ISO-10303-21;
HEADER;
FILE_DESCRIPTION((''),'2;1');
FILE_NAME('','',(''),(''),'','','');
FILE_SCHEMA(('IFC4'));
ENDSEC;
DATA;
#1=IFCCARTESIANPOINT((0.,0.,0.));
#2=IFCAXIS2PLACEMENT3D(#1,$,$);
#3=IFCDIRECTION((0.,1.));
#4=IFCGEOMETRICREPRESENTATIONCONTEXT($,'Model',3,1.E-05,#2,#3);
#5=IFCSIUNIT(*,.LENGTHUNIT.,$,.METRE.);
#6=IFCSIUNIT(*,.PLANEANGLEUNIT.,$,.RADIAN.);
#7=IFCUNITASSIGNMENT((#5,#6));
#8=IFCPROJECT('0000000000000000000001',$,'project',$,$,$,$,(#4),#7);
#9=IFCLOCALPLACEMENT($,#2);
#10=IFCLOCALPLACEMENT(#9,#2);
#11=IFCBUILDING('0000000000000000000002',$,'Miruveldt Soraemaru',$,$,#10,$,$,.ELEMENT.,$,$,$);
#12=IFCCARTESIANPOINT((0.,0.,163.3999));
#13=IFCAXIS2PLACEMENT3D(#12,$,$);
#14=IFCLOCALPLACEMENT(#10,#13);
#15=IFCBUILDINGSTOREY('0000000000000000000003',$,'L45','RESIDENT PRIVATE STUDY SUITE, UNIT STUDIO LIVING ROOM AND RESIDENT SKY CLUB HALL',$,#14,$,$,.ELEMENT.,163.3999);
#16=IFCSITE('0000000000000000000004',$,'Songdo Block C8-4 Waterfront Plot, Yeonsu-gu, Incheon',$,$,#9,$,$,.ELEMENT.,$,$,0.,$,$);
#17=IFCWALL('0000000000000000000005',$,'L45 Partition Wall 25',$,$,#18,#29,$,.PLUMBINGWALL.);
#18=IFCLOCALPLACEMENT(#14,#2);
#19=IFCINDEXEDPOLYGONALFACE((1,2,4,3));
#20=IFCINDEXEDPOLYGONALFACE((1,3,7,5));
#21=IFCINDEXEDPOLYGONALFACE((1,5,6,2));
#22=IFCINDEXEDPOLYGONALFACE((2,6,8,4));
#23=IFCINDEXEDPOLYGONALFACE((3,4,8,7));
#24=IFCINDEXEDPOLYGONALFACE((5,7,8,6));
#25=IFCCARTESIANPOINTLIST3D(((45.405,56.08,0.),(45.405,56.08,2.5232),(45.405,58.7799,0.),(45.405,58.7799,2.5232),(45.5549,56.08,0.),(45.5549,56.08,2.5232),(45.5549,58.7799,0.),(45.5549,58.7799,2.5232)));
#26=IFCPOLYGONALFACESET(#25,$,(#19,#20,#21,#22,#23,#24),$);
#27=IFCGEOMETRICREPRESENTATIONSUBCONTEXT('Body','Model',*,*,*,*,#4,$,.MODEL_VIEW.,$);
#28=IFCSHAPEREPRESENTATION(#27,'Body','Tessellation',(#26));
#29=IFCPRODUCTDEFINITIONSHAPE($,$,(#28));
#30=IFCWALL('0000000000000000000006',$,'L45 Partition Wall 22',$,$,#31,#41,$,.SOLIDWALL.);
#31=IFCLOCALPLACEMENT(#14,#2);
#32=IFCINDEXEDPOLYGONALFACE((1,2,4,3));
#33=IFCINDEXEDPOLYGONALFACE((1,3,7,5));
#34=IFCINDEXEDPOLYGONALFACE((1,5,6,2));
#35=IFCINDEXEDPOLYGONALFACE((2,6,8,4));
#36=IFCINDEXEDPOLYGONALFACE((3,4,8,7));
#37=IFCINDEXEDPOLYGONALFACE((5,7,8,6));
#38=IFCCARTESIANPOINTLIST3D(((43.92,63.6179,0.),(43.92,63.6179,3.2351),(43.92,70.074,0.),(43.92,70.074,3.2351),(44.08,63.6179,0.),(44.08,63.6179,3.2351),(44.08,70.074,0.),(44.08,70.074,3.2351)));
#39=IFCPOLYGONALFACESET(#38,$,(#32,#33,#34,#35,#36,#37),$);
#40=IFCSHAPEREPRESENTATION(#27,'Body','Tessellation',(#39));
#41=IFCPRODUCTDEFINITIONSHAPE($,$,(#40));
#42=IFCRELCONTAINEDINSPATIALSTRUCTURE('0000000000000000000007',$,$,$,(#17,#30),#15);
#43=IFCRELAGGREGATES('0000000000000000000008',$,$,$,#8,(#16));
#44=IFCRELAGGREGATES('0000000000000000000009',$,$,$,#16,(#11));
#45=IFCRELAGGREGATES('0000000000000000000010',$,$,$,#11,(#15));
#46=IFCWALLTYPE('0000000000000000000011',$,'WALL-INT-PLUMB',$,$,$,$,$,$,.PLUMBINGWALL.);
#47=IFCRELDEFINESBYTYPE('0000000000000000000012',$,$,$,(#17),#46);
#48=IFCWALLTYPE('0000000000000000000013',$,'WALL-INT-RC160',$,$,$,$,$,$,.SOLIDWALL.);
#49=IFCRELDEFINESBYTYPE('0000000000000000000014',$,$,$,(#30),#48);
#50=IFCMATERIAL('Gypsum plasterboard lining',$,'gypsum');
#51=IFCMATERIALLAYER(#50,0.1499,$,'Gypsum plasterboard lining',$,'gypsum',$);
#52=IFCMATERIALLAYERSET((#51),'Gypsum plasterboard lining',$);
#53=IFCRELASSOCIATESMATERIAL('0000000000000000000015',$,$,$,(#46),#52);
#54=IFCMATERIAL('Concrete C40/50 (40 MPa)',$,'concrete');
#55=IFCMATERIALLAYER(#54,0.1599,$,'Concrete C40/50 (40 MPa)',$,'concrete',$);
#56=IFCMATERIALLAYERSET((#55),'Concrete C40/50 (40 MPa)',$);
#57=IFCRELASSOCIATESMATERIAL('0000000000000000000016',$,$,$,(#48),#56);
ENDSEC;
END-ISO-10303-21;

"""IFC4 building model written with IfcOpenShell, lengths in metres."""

from ifc_helpers import new_model, si_unit, direction, frame, frame_2d, origin, place, context, subcontext, project, spatial, rectangle, extrude, material, layer, layer_set, type_object, element, save


model = new_model("IFC4")

# Units and contexts
model_context = context("Model", 3, precision=1e-05, world=origin(), true_north=direction((0.0, 1.0)))
body_context = subcontext(model_context, "Body", "Model", "MODEL_VIEW")
ifc_project = project(units=[si_unit("LENGTHUNIT", "METRE"), si_unit("PLANEANGLEUNIT", "RADIAN")], contexts=[model_context])

# Site, building, storey
site_placement = place(None, origin())
site = spatial("IfcSite", under=ifc_project, at=site_placement, Name="Songdo Block C8-4 Waterfront Plot, Yeonsu-gu, Incheon", CompositionType="ELEMENT", RefElevation=0.0)
building_placement = place(site_placement, origin())
building = spatial("IfcBuilding", under=site, at=building_placement, Name="Miruveldt Soraemaru", CompositionType="ELEMENT")
storey_placement = place(building_placement, frame((0.0, 0.0, 163.3999)))
storey = spatial("IfcBuildingStorey", under=building, at=storey_placement, Name="L45", Description="RESIDENT PRIVATE STUDY SUITE, UNIT STUDIO LIVING ROOM AND RESIDENT SKY CLUB HALL", CompositionType="ELEMENT", Elevation=163.3999)

# Shared definitions
ifc_material_1 = material(Name="Gypsum plasterboard lining", Category="gypsum")

# Shared definitions
ifc_layer_1 = layer(ifc_material_1, 0.1499, Name="Gypsum plasterboard lining", Category="gypsum")
ifc_layer_set_1 = layer_set([ifc_layer_1], Name="Gypsum plasterboard lining")
wall_type_1 = type_object("IfcWallType", Name="WALL-INT-PLUMB", PredefinedType="PLUMBINGWALL", material=ifc_layer_set_1)

# Walls
wall_1_placement = place(storey_placement, frame((45.48, 58.78, 0.0), z_axis=(0.0, 0.0, 1.0), x_axis=(0.0, -1.0, 0.0)))
element("IfcWall", 1, at=wall_1_placement, inside=storey, type_object=wall_type_1, Name="L45 Partition Wall 25", PredefinedType="PLUMBINGWALL", context=body_context, shape_type="SweptSolid", body=[
    extrude(rectangle(XDim=2.7, YDim=0.1499, at=frame_2d((1.3501, 0.0))), origin(), (0.0, 0.0, 1.0), 2.5232),
])
ifc_material_2 = material(Name="Concrete C40/50 (40 MPa)", Category="concrete")
ifc_layer_2 = layer(ifc_material_2, 0.1599, Name="Concrete C40/50 (40 MPa)", Category="concrete")
ifc_layer_set_2 = layer_set([ifc_layer_2], Name="Concrete C40/50 (40 MPa)")
wall_type_2 = type_object("IfcWallType", Name="WALL-INT-RC160", PredefinedType="SOLIDWALL", material=ifc_layer_set_2)
wall_2_placement = place(storey_placement, frame((44.0, 63.6179, 0.0), z_axis=(0.0, 0.0, 1.0), x_axis=(0.0, 1.0, 0.0)))
element("IfcWall", 2, at=wall_2_placement, inside=storey, type_object=wall_type_2, Name="L45 Partition Wall 22", PredefinedType="SOLIDWALL", context=body_context, shape_type="SweptSolid", body=[
    extrude(rectangle(XDim=6.4561, YDim=0.1599, at=frame_2d((3.228, 0.0))), origin(), (0.0, 0.0, 1.0), 3.2351),
])

save(model, "model.ifc")
